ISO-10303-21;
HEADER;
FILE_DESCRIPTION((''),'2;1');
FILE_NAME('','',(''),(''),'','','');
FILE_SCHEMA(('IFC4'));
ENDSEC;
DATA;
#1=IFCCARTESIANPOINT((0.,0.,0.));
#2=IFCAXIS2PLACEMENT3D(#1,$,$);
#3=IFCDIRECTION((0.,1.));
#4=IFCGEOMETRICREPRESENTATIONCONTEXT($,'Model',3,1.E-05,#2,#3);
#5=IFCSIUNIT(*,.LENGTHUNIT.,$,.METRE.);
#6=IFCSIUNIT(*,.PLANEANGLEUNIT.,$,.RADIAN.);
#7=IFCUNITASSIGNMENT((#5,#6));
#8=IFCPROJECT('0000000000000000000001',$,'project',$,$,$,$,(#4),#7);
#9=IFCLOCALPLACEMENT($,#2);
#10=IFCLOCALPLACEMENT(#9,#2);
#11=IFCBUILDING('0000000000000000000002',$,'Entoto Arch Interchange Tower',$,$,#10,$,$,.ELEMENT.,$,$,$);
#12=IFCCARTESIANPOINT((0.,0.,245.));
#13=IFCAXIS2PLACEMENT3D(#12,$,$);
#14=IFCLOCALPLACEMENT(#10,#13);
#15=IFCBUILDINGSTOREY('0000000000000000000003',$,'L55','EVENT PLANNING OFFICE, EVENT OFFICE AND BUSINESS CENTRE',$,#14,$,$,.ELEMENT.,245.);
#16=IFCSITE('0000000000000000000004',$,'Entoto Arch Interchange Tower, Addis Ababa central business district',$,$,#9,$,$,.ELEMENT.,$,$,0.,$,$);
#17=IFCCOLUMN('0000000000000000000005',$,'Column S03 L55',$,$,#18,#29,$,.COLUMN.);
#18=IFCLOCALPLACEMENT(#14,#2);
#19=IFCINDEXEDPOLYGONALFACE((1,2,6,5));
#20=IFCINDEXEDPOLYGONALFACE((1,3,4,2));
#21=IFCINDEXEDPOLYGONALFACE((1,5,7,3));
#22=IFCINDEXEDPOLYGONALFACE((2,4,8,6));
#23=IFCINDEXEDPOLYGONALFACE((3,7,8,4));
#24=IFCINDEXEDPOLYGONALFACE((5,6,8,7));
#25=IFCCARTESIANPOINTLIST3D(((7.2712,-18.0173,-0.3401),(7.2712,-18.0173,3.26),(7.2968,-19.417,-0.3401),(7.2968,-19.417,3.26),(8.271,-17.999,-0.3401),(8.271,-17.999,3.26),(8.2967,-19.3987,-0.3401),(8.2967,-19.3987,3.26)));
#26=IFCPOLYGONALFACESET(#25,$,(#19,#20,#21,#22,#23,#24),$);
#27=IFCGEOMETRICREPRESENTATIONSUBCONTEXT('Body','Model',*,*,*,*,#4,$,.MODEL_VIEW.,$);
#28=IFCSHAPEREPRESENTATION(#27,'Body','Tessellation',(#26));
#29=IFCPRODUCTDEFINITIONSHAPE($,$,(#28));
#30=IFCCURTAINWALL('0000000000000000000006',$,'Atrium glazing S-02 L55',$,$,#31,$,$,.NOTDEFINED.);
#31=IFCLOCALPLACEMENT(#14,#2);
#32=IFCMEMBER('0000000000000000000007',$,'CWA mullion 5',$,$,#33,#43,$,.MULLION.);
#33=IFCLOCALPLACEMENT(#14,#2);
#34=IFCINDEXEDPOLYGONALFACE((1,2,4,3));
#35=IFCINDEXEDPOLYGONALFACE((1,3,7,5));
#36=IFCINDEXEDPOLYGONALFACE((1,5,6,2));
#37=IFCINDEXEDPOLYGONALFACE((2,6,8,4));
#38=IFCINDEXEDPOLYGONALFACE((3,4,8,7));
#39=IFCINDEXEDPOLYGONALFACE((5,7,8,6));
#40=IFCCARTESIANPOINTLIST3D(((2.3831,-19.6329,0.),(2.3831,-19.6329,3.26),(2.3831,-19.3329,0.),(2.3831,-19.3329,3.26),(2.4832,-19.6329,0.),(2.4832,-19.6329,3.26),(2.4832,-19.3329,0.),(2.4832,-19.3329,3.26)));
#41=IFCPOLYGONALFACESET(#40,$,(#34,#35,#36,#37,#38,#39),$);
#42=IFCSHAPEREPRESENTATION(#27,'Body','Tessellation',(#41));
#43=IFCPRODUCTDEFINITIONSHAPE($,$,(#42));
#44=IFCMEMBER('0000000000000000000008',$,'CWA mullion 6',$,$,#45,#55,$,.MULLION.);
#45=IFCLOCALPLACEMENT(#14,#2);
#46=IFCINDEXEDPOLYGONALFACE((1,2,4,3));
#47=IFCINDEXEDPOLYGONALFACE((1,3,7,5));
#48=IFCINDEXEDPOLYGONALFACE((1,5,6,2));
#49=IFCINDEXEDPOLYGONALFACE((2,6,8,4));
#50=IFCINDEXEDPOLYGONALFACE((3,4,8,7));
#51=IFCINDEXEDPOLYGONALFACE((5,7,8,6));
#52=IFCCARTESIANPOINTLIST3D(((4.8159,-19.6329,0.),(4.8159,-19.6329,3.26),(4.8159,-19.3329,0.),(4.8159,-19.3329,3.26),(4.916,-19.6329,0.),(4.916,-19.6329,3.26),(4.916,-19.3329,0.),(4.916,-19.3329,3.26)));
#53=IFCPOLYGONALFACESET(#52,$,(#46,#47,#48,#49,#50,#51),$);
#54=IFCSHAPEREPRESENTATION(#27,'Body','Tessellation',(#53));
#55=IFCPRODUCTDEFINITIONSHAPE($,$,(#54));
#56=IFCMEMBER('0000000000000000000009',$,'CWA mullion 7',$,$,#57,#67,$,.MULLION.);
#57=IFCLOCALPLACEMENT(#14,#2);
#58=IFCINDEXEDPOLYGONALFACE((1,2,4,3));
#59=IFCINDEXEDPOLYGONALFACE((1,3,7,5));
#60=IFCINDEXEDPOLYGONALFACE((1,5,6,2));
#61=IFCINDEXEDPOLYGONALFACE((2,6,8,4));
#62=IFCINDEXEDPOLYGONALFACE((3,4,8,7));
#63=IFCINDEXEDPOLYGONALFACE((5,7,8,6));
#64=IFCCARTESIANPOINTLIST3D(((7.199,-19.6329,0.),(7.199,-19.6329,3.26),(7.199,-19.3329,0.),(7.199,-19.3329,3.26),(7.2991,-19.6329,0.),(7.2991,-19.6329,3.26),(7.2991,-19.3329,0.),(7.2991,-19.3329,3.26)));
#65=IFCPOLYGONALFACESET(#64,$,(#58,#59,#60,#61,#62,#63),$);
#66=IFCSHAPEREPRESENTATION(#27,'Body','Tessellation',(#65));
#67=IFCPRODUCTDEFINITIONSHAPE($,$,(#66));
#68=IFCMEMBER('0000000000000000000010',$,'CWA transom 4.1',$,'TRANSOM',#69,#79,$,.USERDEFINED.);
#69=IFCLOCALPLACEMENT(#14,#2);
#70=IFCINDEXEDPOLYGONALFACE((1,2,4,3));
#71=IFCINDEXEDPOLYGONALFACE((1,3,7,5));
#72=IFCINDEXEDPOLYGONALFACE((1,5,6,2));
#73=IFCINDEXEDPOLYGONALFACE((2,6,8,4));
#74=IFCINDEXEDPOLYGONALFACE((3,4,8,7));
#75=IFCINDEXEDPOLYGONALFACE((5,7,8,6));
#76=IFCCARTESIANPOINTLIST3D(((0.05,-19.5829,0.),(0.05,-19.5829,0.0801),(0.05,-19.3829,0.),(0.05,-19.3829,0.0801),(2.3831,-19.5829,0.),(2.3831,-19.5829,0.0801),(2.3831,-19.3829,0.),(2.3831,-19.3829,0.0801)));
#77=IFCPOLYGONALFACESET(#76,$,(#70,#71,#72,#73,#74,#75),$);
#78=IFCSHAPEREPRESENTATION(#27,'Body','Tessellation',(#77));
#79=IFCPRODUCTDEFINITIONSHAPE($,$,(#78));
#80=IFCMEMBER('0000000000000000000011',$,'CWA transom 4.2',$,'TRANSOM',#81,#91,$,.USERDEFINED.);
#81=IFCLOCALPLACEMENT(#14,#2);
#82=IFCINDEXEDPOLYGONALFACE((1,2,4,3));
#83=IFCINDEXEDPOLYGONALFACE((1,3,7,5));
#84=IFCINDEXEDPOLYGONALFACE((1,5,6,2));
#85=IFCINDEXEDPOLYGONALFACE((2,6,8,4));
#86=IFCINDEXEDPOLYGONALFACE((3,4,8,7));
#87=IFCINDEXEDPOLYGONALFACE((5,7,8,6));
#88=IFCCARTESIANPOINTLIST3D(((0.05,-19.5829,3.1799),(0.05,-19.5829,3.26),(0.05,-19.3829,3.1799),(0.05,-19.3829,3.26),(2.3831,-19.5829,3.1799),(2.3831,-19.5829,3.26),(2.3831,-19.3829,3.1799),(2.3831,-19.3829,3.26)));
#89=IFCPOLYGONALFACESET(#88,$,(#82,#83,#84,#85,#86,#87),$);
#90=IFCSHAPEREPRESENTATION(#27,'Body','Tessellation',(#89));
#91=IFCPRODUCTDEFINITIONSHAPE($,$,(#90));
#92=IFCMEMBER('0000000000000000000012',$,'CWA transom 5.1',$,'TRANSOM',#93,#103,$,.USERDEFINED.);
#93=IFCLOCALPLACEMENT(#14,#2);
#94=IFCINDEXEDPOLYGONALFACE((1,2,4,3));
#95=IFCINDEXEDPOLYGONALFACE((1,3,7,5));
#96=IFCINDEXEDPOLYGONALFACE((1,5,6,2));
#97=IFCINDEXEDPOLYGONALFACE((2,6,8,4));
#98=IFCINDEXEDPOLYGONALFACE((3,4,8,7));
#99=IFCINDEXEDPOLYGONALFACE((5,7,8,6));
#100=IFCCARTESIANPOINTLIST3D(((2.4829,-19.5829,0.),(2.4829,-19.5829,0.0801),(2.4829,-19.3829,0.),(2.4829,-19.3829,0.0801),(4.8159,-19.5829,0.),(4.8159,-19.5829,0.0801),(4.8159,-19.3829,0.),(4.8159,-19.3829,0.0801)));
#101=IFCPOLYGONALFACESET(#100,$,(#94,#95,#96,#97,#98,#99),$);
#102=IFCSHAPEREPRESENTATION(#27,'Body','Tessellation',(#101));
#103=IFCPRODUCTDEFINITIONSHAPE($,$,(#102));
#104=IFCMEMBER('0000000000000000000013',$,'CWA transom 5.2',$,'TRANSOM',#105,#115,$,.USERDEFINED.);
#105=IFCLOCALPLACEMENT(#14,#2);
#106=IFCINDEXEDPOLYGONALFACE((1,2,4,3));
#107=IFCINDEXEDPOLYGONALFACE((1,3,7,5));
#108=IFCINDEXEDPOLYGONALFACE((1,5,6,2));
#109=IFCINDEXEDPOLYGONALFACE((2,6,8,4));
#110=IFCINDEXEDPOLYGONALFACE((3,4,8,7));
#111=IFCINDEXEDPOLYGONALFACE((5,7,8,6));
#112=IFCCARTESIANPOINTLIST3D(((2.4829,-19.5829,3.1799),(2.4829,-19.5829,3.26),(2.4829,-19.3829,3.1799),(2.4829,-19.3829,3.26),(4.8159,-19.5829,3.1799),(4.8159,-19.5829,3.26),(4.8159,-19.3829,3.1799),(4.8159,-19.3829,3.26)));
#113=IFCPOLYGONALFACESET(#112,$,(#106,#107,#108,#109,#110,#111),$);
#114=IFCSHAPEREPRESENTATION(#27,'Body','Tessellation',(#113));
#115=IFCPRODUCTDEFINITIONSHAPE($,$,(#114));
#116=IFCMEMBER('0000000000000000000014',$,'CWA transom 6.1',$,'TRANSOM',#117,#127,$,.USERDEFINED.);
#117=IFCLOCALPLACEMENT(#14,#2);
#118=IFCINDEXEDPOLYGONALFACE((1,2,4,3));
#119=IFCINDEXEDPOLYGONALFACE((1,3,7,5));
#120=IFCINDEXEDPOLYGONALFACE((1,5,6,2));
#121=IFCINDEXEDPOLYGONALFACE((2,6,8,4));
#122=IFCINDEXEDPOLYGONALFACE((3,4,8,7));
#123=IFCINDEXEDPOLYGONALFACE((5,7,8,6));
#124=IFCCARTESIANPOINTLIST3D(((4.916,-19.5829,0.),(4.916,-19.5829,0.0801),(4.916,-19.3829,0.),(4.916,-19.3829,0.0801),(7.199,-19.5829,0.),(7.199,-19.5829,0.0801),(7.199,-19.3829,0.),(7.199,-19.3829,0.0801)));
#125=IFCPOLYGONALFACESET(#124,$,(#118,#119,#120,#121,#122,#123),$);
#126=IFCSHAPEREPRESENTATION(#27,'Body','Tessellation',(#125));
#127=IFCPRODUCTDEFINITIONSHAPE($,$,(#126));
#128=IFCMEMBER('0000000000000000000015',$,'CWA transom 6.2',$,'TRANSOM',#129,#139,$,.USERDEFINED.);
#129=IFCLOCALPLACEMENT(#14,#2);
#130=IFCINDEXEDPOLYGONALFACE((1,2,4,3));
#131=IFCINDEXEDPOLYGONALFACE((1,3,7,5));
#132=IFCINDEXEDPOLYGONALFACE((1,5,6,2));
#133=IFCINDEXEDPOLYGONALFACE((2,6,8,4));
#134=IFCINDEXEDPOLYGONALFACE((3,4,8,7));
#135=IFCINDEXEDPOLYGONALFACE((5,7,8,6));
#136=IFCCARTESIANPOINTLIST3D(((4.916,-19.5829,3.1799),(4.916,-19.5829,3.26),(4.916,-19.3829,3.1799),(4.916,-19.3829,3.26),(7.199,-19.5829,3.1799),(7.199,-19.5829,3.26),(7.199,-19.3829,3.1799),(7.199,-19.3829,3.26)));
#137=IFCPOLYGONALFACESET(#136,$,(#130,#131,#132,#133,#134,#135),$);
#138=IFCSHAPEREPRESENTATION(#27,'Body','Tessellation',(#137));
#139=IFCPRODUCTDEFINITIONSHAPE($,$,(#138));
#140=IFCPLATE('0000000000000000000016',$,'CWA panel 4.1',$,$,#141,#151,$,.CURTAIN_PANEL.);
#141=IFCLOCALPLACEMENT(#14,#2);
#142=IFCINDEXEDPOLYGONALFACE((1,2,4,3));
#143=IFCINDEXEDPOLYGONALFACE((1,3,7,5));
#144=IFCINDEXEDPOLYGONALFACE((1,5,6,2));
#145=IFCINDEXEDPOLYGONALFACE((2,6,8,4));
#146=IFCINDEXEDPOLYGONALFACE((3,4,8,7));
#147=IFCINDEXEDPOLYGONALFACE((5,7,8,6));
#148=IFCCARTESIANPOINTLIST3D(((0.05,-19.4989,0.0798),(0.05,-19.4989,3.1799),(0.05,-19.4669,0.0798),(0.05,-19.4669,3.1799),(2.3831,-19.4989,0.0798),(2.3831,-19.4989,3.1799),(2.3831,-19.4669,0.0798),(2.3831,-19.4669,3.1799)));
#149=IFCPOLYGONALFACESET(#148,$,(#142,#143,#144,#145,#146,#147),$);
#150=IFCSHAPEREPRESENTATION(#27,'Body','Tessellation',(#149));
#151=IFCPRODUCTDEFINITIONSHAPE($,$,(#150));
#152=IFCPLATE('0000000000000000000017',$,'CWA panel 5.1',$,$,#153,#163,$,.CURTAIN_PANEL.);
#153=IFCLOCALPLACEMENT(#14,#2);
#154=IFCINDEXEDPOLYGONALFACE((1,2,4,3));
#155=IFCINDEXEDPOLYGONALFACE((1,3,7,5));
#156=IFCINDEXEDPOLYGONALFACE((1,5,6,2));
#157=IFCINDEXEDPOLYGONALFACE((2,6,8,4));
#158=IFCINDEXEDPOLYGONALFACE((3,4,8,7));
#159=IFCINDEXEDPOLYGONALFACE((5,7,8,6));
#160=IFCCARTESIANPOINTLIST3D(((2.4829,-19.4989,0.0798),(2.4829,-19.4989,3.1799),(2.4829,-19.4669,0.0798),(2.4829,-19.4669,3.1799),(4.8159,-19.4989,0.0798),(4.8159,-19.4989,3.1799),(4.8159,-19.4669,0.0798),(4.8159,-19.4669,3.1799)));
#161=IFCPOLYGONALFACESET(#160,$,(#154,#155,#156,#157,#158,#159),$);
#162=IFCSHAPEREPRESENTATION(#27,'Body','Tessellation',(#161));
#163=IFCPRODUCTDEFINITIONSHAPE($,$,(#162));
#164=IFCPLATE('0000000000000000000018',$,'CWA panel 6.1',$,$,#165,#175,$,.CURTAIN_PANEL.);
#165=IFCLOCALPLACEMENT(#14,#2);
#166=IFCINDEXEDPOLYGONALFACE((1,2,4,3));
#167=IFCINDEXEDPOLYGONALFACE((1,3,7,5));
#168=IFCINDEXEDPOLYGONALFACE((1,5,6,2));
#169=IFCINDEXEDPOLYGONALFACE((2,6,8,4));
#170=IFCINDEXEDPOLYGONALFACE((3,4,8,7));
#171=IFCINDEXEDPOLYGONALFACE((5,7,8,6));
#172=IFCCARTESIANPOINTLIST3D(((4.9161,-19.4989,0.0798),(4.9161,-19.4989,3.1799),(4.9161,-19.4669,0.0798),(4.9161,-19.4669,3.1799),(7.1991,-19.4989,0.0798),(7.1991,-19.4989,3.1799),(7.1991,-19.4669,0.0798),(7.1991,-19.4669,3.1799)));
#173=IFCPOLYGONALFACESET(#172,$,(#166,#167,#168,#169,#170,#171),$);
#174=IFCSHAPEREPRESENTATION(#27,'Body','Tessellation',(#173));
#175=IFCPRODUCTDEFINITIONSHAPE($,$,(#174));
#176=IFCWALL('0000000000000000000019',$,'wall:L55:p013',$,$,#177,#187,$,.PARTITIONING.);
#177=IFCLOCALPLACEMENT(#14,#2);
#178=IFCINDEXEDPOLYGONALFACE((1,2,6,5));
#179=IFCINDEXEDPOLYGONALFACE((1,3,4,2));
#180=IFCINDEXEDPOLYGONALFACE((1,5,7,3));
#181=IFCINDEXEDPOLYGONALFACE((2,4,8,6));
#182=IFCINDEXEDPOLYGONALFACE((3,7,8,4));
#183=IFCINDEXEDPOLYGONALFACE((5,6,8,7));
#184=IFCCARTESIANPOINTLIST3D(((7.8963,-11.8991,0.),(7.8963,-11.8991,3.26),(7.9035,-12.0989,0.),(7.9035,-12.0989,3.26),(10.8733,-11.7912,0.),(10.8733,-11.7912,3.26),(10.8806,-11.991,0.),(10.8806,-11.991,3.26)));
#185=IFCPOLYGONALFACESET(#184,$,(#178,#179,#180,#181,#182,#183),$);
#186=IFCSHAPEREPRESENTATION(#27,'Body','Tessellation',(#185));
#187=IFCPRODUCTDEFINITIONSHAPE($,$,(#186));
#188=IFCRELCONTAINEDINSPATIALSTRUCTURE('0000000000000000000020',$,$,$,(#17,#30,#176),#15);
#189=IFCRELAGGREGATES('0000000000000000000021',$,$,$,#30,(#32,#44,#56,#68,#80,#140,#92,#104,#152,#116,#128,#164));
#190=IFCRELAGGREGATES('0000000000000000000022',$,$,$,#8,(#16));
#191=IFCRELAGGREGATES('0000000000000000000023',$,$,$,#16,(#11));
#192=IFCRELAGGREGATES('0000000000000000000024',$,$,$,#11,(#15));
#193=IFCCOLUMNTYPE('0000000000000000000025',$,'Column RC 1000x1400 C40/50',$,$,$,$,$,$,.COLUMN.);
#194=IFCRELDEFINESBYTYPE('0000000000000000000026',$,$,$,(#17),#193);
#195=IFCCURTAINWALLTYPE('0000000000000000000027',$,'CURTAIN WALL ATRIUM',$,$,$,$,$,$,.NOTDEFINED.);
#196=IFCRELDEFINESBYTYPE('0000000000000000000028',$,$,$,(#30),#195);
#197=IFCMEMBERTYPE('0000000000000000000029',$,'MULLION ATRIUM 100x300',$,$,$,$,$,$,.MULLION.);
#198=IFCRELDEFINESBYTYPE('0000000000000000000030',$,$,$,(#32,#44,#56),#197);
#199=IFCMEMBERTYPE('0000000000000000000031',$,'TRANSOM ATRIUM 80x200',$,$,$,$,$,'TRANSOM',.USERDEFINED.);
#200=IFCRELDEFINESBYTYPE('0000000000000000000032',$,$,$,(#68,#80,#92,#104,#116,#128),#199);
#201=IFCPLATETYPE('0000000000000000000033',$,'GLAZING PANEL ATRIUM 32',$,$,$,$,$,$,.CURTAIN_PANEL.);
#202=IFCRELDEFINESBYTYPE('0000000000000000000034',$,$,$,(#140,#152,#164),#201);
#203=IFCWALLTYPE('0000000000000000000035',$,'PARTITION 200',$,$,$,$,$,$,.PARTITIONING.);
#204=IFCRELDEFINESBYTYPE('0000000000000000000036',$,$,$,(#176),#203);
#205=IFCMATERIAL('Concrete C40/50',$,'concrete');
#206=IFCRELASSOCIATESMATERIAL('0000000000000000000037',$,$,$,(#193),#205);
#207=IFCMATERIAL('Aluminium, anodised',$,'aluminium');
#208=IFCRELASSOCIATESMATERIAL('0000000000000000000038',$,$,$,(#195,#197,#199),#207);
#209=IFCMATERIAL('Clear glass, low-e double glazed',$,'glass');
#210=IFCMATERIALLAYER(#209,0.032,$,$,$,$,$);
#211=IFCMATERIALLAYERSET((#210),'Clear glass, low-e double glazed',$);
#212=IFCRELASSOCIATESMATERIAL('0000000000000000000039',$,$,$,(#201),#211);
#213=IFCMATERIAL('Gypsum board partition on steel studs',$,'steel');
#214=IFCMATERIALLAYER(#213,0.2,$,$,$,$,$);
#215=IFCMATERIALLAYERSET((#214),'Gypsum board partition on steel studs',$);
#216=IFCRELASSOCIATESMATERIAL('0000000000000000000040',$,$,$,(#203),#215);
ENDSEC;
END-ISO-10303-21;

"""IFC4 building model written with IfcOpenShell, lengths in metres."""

from ifc_helpers import new_model, si_unit, direction, frame, frame_2d, origin, origin_2d, place, context, subcontext, project, spatial, rectangle, extrude, material, layer, layer_set, material_profile, profile_set, type_object, element, aggregate, save


model = new_model("IFC4")

# Units and contexts
model_context = context("Model", 3, precision=1e-05, world=origin(), true_north=direction((0.0, 1.0)))
body_context = subcontext(model_context, "Body", "Model", "MODEL_VIEW")
ifc_project = project(units=[si_unit("LENGTHUNIT", "METRE"), si_unit("PLANEANGLEUNIT", "RADIAN")], contexts=[model_context])

# Site, building, storey
site_placement = place(None, origin())
site = spatial("IfcSite", under=ifc_project, at=site_placement, Name="Entoto Arch Interchange Tower, Addis Ababa central business district", CompositionType="ELEMENT", RefElevation=0.0)
building_placement = place(site_placement, origin())
building = spatial("IfcBuilding", under=site, at=building_placement, Name="Entoto Arch Interchange Tower", CompositionType="ELEMENT")
storey_placement = place(building_placement, frame((0.0, 0.0, 245.0)))
storey = spatial("IfcBuildingStorey", under=building, at=storey_placement, Name="L55", Description="EVENT PLANNING OFFICE, EVENT OFFICE AND BUSINESS CENTRE", CompositionType="ELEMENT", Elevation=245.0)

# Column
ifc_material_1 = material(Name="Concrete C40/50", Category="concrete")
ifc_material_profile_1 = material_profile(ifc_material_1, rectangle(XDim=1.0, YDim=1.3999, at=origin_2d()))
ifc_profile_set_1 = profile_set([ifc_material_profile_1], Name="Concrete C40/50")
column_type = type_object("IfcColumnType", Name="Column RC 1000x1400 C40/50", PredefinedType="COLUMN", material=ifc_profile_set_1)
column_placement = place(storey_placement, frame((7.7839, -18.708, -0.3401), z_axis=(0.0, 0.0, 1.0), x_axis=(0.999833, 0.01829, 0.0)))
element("IfcColumn", 1, at=column_placement, inside=storey, type_object=column_type, Name="Column S03 L55", PredefinedType="COLUMN", context=body_context, shape_type="SweptSolid", body=[
    extrude(rectangle(XDim=1.0, YDim=1.3999, at=origin_2d()), origin(), (0.0, 0.0, 1.0), 3.6001),
])

# Curtain wall, members, plates
ifc_material_2 = material(Name="Aluminium, anodised", Category="aluminium")
curtain_wall_type = type_object("IfcCurtainWallType", Name="CURTAIN WALL ATRIUM", PredefinedType="NOTDEFINED", material=ifc_material_2)
curtain_wall_placement = place(storey_placement, origin())
curtain_wall = element("IfcCurtainWall", 2, at=curtain_wall_placement, inside=storey, type_object=curtain_wall_type, Name="Atrium glazing S-02 L55", PredefinedType="NOTDEFINED")
ifc_material_profile_2 = material_profile(ifc_material_2, rectangle(XDim=0.3, YDim=0.1001, at=origin_2d()))
ifc_profile_set_2 = profile_set([ifc_material_profile_2], Name="Aluminium, anodised")
member_type_1 = type_object("IfcMemberType", Name="MULLION ATRIUM 100x300", PredefinedType="MULLION", material=ifc_profile_set_2)
member_1_placement = place(storey_placement, frame((2.4331, -19.4829, 0.0), z_axis=(0.0, 0.0, 1.0), x_axis=(0.0, 1.0, 0.0)))
member_1 = element("IfcMember", 3, at=member_1_placement, type_object=member_type_1, Name="CWA mullion 5", PredefinedType="MULLION", context=body_context, shape_type="SweptSolid", body=[
    extrude(rectangle(XDim=0.3, YDim=0.1001, at=origin_2d()), origin(), (0.0, 0.0, 1.0), 3.26),
])
member_2_placement = place(storey_placement, frame((4.866, -19.4829, 0.0), z_axis=(0.0, 0.0, 1.0), x_axis=(0.0, 1.0, 0.0)))
member_2 = element("IfcMember", 4, at=member_2_placement, type_object=member_type_1, Name="CWA mullion 6", PredefinedType="MULLION", context=body_context, shape_type="SweptSolid", body=[
    extrude(rectangle(XDim=0.3, YDim=0.1001, at=origin_2d()), origin(), (0.0, 0.0, 1.0), 3.26),
])
member_3_placement = place(storey_placement, frame((7.249, -19.4829, 0.0), z_axis=(0.0, 0.0, 1.0), x_axis=(0.0, 1.0, 0.0)))
member_3 = element("IfcMember", 5, at=member_3_placement, type_object=member_type_1, Name="CWA mullion 7", PredefinedType="MULLION", context=body_context, shape_type="SweptSolid", body=[
    extrude(rectangle(XDim=0.3, YDim=0.1001, at=origin_2d()), origin(), (0.0, 0.0, 1.0), 3.26),
])
ifc_material_profile_3 = material_profile(ifc_material_2, rectangle(XDim=0.2, YDim=0.0801, at=origin_2d()))
ifc_profile_set_3 = profile_set([ifc_material_profile_3], Name="Aluminium, anodised")
member_type_2 = type_object("IfcMemberType", Name="TRANSOM ATRIUM 80x200", ElementType="TRANSOM", PredefinedType="USERDEFINED", material=ifc_profile_set_3)
member_4_placement = place(storey_placement, frame((0.05, -19.4829, 0.04), z_axis=(1.0, 0.0, 0.0), x_axis=(0.0, 1.0, 0.0)))
member_4 = element("IfcMember", 6, at=member_4_placement, type_object=member_type_2, Name="CWA transom 4.1", ObjectType="TRANSOM", PredefinedType="USERDEFINED", context=body_context, shape_type="SweptSolid", body=[
    extrude(rectangle(XDim=0.2, YDim=0.0801, at=origin_2d()), origin(), (0.0, 0.0, 1.0), 2.333),
])
member_5_placement = place(storey_placement, frame((0.05, -19.4829, 3.22), z_axis=(1.0, 0.0, 0.0), x_axis=(0.0, 1.0, 0.0)))
member_5 = element("IfcMember", 7, at=member_5_placement, type_object=member_type_2, Name="CWA transom 4.2", ObjectType="TRANSOM", PredefinedType="USERDEFINED", context=body_context, shape_type="SweptSolid", body=[
    extrude(rectangle(XDim=0.2, YDim=0.0801, at=origin_2d()), origin(), (0.0, 0.0, 1.0), 2.333),
])
member_6_placement = place(storey_placement, frame((2.4829, -19.4829, 0.04), z_axis=(1.0, 0.0, 0.0), x_axis=(0.0, 1.0, 0.0)))
member_6 = element("IfcMember", 8, at=member_6_placement, type_object=member_type_2, Name="CWA transom 5.1", ObjectType="TRANSOM", PredefinedType="USERDEFINED", context=body_context, shape_type="SweptSolid", body=[
    extrude(rectangle(XDim=0.2, YDim=0.0801, at=origin_2d()), origin(), (0.0, 0.0, 1.0), 2.333),
])
member_7_placement = place(storey_placement, frame((2.4829, -19.4829, 3.22), z_axis=(1.0, 0.0, 0.0), x_axis=(0.0, 1.0, 0.0)))
member_7 = element("IfcMember", 9, at=member_7_placement, type_object=member_type_2, Name="CWA transom 5.2", ObjectType="TRANSOM", PredefinedType="USERDEFINED", context=body_context, shape_type="SweptSolid", body=[
    extrude(rectangle(XDim=0.2, YDim=0.0801, at=origin_2d()), origin(), (0.0, 0.0, 1.0), 2.333),
])
member_8_placement = place(storey_placement, frame((4.916, -19.4829, 0.04), z_axis=(1.0, 0.0, 0.0), x_axis=(0.0, 1.0, 0.0)))
member_8 = element("IfcMember", 10, at=member_8_placement, type_object=member_type_2, Name="CWA transom 6.1", ObjectType="TRANSOM", PredefinedType="USERDEFINED", context=body_context, shape_type="SweptSolid", body=[
    extrude(rectangle(XDim=0.2, YDim=0.0801, at=origin_2d()), origin(), (0.0, 0.0, 1.0), 2.283),
])
member_9_placement = place(storey_placement, frame((4.916, -19.4829, 3.22), z_axis=(1.0, 0.0, 0.0), x_axis=(0.0, 1.0, 0.0)))
member_9 = element("IfcMember", 11, at=member_9_placement, type_object=member_type_2, Name="CWA transom 6.2", ObjectType="TRANSOM", PredefinedType="USERDEFINED", context=body_context, shape_type="SweptSolid", body=[
    extrude(rectangle(XDim=0.2, YDim=0.0801, at=origin_2d()), origin(), (0.0, 0.0, 1.0), 2.283),
])
ifc_material_3 = material(Name="Clear glass, low-e double glazed", Category="glass")
ifc_layer_1 = layer(ifc_material_3, 0.032)
ifc_layer_set_1 = layer_set([ifc_layer_1], Name="Clear glass, low-e double glazed")
plate_type = type_object("IfcPlateType", Name="GLAZING PANEL ATRIUM 32", PredefinedType="CURTAIN_PANEL", material=ifc_layer_set_1)
plate_1_placement = place(storey_placement, frame((1.2166, -19.4829, 0.0798), z_axis=(0.0, 0.0, 1.0), x_axis=(1.0, 0.0, 0.0)))
plate_1 = element("IfcPlate", 12, at=plate_1_placement, type_object=plate_type, Name="CWA panel 4.1", PredefinedType="CURTAIN_PANEL", context=body_context, shape_type="SweptSolid", body=[
    extrude(rectangle(XDim=2.333, YDim=0.032, at=origin_2d()), origin(), (0.0, 0.0, 1.0), 3.1001),
])
plate_2_placement = place(storey_placement, frame((3.6494, -19.4829, 0.0798), z_axis=(0.0, 0.0, 1.0), x_axis=(1.0, 0.0, 0.0)))
plate_2 = element("IfcPlate", 13, at=plate_2_placement, type_object=plate_type, Name="CWA panel 5.1", PredefinedType="CURTAIN_PANEL", context=body_context, shape_type="SweptSolid", body=[
    extrude(rectangle(XDim=2.333, YDim=0.032, at=origin_2d()), origin(), (0.0, 0.0, 1.0), 3.1001),
])
plate_3_placement = place(storey_placement, frame((6.0576, -19.4829, 0.0798), z_axis=(0.0, 0.0, 1.0), x_axis=(1.0, 0.0, 0.0)))
plate_3 = element("IfcPlate", 14, at=plate_3_placement, type_object=plate_type, Name="CWA panel 6.1", PredefinedType="CURTAIN_PANEL", context=body_context, shape_type="SweptSolid", body=[
    extrude(rectangle(XDim=2.283, YDim=0.032, at=origin_2d()), origin(), (0.0, 0.0, 1.0), 3.1001),
])
aggregate(curtain_wall, [member_1, member_2, member_3, member_4, member_5, plate_1, member_6, member_7, plate_2, member_8, member_9, plate_3])

# Wall
ifc_material_4 = material(Name="Gypsum board partition on steel studs", Category="steel")
ifc_layer_2 = layer(ifc_material_4, 0.2)
ifc_layer_set_2 = layer_set([ifc_layer_2], Name="Gypsum board partition on steel studs")
wall_type_1 = type_object("IfcWallType", Name="PARTITION 200", PredefinedType="PARTITIONING", material=ifc_layer_set_2)
wall_1_placement = place(storey_placement, frame((7.8999, -11.999, 0.0), z_axis=(0.0, 0.0, 1.0), x_axis=(0.999344, 0.036224, 0.0)))
element("IfcWall", 15, at=wall_1_placement, inside=storey, type_object=wall_type_1, Name="wall:L55:p013", PredefinedType="PARTITIONING", context=body_context, shape_type="SweptSolid", body=[
    extrude(rectangle(XDim=2.979, YDim=0.2, at=frame_2d((1.4895, 0.0))), origin(), (0.0, 0.0, 1.0), 3.26),
])

save(model, "model.ifc")
